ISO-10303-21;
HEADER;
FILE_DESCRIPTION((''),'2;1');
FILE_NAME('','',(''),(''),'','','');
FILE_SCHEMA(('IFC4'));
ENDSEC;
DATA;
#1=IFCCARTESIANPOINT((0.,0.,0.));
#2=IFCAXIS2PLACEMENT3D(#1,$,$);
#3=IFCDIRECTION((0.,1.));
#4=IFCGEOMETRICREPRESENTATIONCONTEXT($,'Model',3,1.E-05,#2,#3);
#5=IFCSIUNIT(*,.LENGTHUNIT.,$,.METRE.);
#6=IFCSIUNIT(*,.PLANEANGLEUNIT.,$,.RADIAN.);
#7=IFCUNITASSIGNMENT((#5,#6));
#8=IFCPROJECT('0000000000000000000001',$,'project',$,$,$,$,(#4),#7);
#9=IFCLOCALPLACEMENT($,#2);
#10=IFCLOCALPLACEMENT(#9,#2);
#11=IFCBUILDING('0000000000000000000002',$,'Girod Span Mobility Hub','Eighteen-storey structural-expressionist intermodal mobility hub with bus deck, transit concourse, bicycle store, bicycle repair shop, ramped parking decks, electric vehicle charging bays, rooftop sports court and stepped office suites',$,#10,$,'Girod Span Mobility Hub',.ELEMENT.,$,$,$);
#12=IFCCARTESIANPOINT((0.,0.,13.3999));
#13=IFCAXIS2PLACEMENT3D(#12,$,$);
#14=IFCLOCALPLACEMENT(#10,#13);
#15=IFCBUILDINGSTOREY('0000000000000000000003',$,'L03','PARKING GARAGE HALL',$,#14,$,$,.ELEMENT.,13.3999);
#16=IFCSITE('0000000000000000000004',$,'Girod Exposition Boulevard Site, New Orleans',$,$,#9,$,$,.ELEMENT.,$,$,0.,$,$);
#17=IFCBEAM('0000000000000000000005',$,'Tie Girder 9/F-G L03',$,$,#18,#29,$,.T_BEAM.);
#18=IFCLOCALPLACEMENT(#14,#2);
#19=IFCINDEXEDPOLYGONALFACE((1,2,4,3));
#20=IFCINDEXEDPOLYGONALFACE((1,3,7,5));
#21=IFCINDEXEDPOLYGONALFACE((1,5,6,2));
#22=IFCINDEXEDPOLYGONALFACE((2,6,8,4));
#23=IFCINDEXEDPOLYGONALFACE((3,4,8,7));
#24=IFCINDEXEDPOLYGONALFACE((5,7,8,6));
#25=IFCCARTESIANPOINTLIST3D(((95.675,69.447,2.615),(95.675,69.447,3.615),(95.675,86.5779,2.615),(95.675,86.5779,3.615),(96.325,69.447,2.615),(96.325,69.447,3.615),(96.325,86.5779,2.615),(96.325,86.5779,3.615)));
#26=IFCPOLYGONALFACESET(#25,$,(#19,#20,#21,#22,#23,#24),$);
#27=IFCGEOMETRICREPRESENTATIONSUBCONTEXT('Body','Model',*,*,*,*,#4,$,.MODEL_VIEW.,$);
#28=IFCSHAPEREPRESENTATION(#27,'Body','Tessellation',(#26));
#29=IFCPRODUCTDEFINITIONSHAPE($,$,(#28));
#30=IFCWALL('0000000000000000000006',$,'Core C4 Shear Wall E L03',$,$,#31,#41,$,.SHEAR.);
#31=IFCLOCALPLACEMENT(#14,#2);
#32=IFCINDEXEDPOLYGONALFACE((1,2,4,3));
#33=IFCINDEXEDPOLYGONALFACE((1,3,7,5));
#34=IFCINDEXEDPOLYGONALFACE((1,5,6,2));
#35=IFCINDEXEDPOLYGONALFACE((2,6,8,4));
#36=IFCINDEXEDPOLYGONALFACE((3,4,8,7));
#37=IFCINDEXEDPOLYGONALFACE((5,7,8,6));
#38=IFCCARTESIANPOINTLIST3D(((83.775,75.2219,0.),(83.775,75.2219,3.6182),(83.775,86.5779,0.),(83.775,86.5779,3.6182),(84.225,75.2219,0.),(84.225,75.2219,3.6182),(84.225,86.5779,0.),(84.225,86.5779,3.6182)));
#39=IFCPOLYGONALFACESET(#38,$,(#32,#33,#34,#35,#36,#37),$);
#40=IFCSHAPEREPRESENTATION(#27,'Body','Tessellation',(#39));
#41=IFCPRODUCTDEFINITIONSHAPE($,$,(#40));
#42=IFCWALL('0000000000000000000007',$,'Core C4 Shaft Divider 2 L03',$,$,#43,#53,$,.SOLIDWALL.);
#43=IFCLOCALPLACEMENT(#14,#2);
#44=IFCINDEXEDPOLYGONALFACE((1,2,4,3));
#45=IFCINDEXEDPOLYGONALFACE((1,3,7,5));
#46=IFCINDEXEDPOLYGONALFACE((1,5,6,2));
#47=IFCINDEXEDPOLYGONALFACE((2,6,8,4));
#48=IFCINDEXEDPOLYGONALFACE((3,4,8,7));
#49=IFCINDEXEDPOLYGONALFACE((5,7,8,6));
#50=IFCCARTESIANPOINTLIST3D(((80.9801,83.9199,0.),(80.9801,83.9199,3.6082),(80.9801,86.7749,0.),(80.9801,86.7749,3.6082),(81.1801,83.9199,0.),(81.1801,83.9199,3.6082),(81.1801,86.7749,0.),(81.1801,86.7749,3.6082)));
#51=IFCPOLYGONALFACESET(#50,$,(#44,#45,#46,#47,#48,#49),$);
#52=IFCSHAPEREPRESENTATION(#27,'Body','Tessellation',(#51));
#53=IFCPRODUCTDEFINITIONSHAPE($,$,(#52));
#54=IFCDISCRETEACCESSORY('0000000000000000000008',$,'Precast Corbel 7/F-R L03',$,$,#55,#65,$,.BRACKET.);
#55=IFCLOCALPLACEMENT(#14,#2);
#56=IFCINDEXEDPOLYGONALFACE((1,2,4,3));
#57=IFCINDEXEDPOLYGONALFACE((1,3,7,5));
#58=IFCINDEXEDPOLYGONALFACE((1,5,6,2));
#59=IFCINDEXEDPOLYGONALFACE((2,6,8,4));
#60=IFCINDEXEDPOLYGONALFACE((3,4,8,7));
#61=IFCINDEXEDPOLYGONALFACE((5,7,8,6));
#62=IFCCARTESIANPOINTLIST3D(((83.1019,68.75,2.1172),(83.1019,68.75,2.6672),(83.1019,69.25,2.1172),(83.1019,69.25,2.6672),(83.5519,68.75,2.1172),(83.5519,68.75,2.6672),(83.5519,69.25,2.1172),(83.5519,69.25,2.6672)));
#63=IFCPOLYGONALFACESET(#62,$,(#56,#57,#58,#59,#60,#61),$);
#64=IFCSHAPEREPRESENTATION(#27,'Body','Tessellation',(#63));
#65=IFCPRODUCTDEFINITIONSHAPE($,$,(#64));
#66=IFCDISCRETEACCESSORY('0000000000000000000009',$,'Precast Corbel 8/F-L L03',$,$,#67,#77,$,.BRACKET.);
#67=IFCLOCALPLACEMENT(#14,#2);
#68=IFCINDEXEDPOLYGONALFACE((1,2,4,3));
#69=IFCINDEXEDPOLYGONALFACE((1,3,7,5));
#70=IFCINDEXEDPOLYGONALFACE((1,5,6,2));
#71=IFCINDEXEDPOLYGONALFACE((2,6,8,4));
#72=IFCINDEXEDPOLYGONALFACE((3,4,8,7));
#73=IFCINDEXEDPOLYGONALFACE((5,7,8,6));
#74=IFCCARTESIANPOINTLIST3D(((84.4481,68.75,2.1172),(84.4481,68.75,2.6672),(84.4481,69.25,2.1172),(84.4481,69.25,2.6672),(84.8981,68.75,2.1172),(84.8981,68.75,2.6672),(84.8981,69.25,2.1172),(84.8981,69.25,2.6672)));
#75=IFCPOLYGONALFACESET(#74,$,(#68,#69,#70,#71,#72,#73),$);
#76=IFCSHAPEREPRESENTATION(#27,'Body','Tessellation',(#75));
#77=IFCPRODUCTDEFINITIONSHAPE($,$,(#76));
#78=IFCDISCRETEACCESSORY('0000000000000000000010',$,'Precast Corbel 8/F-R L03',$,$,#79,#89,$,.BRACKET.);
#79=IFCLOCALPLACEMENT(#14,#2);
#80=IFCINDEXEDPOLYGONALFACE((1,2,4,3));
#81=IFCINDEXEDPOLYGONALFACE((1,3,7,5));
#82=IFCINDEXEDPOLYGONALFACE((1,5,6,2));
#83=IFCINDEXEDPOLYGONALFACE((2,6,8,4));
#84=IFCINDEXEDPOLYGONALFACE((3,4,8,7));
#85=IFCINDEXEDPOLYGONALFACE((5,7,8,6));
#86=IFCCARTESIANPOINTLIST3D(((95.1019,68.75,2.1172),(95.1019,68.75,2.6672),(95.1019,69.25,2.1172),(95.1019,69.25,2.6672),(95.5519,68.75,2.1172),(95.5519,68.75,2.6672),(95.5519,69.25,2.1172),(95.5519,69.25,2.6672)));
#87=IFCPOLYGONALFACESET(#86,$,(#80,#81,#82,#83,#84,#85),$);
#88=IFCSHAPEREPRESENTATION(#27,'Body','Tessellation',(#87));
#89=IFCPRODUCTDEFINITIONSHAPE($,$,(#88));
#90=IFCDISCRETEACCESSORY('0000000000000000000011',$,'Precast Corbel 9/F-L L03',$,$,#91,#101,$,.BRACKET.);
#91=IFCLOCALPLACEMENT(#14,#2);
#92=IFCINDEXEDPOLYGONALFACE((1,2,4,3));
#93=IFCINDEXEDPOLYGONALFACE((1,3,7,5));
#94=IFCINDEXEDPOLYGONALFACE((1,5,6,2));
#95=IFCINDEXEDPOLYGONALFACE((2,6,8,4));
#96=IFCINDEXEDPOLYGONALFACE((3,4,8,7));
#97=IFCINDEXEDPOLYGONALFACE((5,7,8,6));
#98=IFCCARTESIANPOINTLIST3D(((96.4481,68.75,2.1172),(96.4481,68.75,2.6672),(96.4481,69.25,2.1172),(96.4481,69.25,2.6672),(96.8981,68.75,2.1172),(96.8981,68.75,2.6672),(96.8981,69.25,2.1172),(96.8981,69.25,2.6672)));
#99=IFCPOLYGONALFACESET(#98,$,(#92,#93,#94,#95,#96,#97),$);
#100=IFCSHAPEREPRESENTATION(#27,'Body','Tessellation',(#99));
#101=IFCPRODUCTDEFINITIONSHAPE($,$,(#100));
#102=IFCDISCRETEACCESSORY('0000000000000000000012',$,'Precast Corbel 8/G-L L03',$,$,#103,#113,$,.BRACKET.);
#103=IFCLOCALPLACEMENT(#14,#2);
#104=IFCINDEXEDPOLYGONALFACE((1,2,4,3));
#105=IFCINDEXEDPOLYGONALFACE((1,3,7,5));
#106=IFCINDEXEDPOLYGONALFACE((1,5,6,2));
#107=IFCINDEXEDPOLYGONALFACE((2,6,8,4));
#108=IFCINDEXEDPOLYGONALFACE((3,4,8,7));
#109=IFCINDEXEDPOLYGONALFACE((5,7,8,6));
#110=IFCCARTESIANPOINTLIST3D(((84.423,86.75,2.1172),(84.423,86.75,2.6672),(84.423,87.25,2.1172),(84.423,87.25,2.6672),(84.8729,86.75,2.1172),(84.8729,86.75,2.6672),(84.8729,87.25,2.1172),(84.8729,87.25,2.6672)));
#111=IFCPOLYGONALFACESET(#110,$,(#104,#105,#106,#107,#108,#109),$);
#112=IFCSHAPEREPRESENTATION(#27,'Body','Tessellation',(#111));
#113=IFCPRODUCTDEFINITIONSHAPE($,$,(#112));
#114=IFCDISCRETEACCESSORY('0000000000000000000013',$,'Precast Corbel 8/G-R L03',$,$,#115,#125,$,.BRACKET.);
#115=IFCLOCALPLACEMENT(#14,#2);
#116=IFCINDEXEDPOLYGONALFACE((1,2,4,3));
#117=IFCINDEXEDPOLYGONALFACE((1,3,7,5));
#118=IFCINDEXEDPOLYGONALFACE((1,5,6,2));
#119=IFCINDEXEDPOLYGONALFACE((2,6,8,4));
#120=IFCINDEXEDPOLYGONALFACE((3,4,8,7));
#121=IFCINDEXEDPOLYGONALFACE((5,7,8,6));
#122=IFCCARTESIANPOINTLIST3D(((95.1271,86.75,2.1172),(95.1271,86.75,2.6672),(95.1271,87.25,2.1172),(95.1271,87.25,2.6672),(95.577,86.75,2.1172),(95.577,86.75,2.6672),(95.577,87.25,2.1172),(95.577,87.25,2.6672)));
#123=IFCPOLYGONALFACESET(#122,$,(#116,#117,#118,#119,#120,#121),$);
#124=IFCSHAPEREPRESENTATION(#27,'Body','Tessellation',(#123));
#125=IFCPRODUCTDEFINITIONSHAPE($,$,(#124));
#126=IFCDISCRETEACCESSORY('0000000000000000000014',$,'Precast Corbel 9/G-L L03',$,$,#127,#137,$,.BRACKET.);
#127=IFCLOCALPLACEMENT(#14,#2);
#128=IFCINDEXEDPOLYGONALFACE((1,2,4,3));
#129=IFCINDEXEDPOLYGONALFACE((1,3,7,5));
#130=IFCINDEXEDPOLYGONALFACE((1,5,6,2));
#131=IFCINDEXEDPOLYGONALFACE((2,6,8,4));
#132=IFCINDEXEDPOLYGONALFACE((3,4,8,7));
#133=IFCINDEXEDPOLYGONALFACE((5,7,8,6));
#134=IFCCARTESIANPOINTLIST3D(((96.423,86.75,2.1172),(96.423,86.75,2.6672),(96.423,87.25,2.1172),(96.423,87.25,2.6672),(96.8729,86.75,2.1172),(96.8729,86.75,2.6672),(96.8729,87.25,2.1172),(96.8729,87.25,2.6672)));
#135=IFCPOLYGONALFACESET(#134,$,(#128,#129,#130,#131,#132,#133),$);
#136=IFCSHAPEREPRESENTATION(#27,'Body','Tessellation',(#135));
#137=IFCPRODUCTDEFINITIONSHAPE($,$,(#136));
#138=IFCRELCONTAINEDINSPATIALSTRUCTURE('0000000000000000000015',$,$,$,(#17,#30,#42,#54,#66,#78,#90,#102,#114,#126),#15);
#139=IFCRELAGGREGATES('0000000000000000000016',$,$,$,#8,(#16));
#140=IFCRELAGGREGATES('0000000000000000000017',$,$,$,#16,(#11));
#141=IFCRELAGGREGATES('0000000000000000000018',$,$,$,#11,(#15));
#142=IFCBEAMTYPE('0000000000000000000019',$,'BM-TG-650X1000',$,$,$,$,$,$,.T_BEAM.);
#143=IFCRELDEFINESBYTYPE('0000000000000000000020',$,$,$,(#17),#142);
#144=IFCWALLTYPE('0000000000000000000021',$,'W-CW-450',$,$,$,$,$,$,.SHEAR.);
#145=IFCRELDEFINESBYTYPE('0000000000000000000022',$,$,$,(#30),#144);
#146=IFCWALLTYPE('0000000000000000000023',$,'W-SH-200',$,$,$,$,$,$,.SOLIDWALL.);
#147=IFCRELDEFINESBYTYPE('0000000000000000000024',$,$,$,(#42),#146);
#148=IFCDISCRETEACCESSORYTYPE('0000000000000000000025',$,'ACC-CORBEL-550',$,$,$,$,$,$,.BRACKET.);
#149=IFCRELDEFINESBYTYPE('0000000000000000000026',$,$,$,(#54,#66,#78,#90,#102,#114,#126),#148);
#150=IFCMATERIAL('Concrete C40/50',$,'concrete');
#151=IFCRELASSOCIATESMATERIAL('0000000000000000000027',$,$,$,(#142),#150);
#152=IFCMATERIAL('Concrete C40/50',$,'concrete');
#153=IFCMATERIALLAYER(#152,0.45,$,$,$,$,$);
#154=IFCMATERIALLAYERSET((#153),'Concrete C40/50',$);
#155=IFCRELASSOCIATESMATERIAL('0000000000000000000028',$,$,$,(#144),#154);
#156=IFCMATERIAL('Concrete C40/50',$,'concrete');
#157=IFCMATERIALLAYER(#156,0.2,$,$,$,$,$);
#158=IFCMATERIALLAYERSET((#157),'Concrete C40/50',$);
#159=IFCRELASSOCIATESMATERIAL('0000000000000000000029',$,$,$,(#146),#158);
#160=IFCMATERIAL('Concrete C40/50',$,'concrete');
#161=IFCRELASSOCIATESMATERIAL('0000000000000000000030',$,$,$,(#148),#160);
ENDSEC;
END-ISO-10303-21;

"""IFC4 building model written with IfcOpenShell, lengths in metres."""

from ifc_helpers import new_model, si_unit, direction, frame, frame_2d, origin, origin_2d, place, context, subcontext, project, spatial, rectangle, extrude, material, layer, layer_set, material_profile, profile_set, type_object, element, save


model = new_model("IFC4")

# Units and contexts
model_context = context("Model", 3, precision=1e-05, world=origin(), true_north=direction((0.0, 1.0)))
body_context = subcontext(model_context, "Body", "Model", "MODEL_VIEW")
ifc_project = project(units=[si_unit("LENGTHUNIT", "METRE"), si_unit("PLANEANGLEUNIT", "RADIAN")], contexts=[model_context])

# Site, building, storey
site_placement = place(None, origin())
site = spatial("IfcSite", under=ifc_project, at=site_placement, Name="Girod Exposition Boulevard Site, New Orleans", CompositionType="ELEMENT", RefElevation=0.0)
building_placement = place(site_placement, origin())
building = spatial("IfcBuilding", under=site, at=building_placement, Name="Girod Span Mobility Hub", Description="Eighteen-storey structural-expressionist intermodal mobility hub with bus deck, transit concourse, bicycle store, bicycle repair shop, ramped parking decks, electric vehicle charging bays, rooftop sports court and stepped office suites", LongName="Girod Span Mobility Hub", CompositionType="ELEMENT")
storey_placement = place(building_placement, frame((0.0, 0.0, 13.3999)))
storey = spatial("IfcBuildingStorey", under=building, at=storey_placement, Name="L03", Description="PARKING GARAGE HALL", CompositionType="ELEMENT", Elevation=13.3999)

# Beam
ifc_material_1 = material(Name="Concrete C40/50", Category="concrete")
ifc_material_profile_1 = material_profile(ifc_material_1, rectangle(XDim=0.6499, YDim=1.0, at=origin_2d()), Name="TG-650X1000")
ifc_profile_set_1 = profile_set([ifc_material_profile_1], Name="Concrete C40/50")
beam_type_1 = type_object("IfcBeamType", Name="BM-TG-650X1000", PredefinedType="T_BEAM", material=ifc_profile_set_1)
beam_placement = place(storey_placement, frame((96.0, 69.447, 3.115), z_axis=(0.0, 1.0, 0.0), x_axis=(-1.0, 0.0, 0.0)))
element("IfcBeam", 1, at=beam_placement, inside=storey, type_object=beam_type_1, Name="Tie Girder 9/F-G L03", PredefinedType="T_BEAM", context=body_context, shape_type="SweptSolid", body=[
    extrude(rectangle(XDim=0.6499, YDim=1.0, at=origin_2d()), origin(), (0.0, 0.0, 1.0), 17.1309),
])

# Walls
ifc_material_2 = material(Name="Concrete C40/50", Category="concrete")
ifc_layer_1 = layer(ifc_material_2, 0.45)
ifc_layer_set_1 = layer_set([ifc_layer_1], Name="Concrete C40/50")
wall_type_1 = type_object("IfcWallType", Name="W-CW-450", PredefinedType="SHEAR", material=ifc_layer_set_1)
wall_1_placement = place(storey_placement, frame((84.0, 75.2219, 0.0), z_axis=(0.0, 0.0, 1.0), x_axis=(0.0, 1.0, 0.0)))
element("IfcWall", 2, at=wall_1_placement, inside=storey, type_object=wall_type_1, Name="Core C4 Shear Wall E L03", PredefinedType="SHEAR", context=body_context, shape_type="SweptSolid", body=[
    extrude(rectangle(XDim=11.356, YDim=0.45, at=frame_2d((5.678, 0.0))), origin(), (0.0, 0.0, 1.0), 3.6182),
])
ifc_material_3 = material(Name="Concrete C40/50", Category="concrete")
ifc_layer_2 = layer(ifc_material_3, 0.2)
ifc_layer_set_2 = layer_set([ifc_layer_2], Name="Concrete C40/50")
wall_type_2 = type_object("IfcWallType", Name="W-SH-200", PredefinedType="SOLIDWALL", material=ifc_layer_set_2)
wall_2_placement = place(storey_placement, frame((81.0801, 83.9199, 0.0), z_axis=(0.0, 0.0, 1.0), x_axis=(0.0, 1.0, 0.0)))
element("IfcWall", 3, at=wall_2_placement, inside=storey, type_object=wall_type_2, Name="Core C4 Shaft Divider 2 L03", PredefinedType="SOLIDWALL", context=body_context, shape_type="SweptSolid", body=[
    extrude(rectangle(XDim=2.855, YDim=0.2, at=frame_2d((1.4275, 0.0))), origin(), (0.0, 0.0, 1.0), 3.6082),
])

# Discrete accessories
ifc_material_4 = material(Name="Concrete C40/50", Category="concrete")
discrete_accessory_type = type_object("IfcDiscreteAccessoryType", Name="ACC-CORBEL-550", PredefinedType="BRACKET", material=ifc_material_4)
for number, where, z_axis, x_axis, name in (
    (4, (83.3269, 69.0, 2.1172), (0.0, 0.0, 1.0), (1.0, 0.0, 0.0), "Precast Corbel 7/F-R L03"),
    (5, (84.6731, 69.0, 2.1172), (0.0, 0.0, 1.0), (1.0, 0.0, 0.0), "Precast Corbel 8/F-L L03"),
    (6, (95.3269, 69.0, 2.1172), (0.0, 0.0, 1.0), (1.0, 0.0, 0.0), "Precast Corbel 8/F-R L03"),
    (7, (96.6731, 69.0, 2.1172), (0.0, 0.0, 1.0), (1.0, 0.0, 0.0), "Precast Corbel 9/F-L L03"),
    (8, (84.6479, 87.0, 2.1172), (0.0, 0.0, 1.0), (1.0, 0.0, 0.0), "Precast Corbel 8/G-L L03"),
    (9, (95.3521, 87.0, 2.1172), (0.0, 0.0, 1.0), (1.0, 0.0, 0.0), "Precast Corbel 8/G-R L03"),
    (10, (96.6479, 87.0, 2.1172), (0.0, 0.0, 1.0), (1.0, 0.0, 0.0), "Precast Corbel 9/G-L L03"),
):
    element("IfcDiscreteAccessory", number, at=place(storey_placement, frame(where, z_axis=z_axis, x_axis=x_axis)), inside=storey, type_object=discrete_accessory_type, Name=name, PredefinedType="BRACKET", context=body_context, shape_type="SweptSolid", body=[
        extrude(rectangle(XDim=0.45, YDim=0.5, at=origin_2d()), origin(), (0.0, 0.0, 1.0), 0.55),
    ])

save(model, "model.ifc")
